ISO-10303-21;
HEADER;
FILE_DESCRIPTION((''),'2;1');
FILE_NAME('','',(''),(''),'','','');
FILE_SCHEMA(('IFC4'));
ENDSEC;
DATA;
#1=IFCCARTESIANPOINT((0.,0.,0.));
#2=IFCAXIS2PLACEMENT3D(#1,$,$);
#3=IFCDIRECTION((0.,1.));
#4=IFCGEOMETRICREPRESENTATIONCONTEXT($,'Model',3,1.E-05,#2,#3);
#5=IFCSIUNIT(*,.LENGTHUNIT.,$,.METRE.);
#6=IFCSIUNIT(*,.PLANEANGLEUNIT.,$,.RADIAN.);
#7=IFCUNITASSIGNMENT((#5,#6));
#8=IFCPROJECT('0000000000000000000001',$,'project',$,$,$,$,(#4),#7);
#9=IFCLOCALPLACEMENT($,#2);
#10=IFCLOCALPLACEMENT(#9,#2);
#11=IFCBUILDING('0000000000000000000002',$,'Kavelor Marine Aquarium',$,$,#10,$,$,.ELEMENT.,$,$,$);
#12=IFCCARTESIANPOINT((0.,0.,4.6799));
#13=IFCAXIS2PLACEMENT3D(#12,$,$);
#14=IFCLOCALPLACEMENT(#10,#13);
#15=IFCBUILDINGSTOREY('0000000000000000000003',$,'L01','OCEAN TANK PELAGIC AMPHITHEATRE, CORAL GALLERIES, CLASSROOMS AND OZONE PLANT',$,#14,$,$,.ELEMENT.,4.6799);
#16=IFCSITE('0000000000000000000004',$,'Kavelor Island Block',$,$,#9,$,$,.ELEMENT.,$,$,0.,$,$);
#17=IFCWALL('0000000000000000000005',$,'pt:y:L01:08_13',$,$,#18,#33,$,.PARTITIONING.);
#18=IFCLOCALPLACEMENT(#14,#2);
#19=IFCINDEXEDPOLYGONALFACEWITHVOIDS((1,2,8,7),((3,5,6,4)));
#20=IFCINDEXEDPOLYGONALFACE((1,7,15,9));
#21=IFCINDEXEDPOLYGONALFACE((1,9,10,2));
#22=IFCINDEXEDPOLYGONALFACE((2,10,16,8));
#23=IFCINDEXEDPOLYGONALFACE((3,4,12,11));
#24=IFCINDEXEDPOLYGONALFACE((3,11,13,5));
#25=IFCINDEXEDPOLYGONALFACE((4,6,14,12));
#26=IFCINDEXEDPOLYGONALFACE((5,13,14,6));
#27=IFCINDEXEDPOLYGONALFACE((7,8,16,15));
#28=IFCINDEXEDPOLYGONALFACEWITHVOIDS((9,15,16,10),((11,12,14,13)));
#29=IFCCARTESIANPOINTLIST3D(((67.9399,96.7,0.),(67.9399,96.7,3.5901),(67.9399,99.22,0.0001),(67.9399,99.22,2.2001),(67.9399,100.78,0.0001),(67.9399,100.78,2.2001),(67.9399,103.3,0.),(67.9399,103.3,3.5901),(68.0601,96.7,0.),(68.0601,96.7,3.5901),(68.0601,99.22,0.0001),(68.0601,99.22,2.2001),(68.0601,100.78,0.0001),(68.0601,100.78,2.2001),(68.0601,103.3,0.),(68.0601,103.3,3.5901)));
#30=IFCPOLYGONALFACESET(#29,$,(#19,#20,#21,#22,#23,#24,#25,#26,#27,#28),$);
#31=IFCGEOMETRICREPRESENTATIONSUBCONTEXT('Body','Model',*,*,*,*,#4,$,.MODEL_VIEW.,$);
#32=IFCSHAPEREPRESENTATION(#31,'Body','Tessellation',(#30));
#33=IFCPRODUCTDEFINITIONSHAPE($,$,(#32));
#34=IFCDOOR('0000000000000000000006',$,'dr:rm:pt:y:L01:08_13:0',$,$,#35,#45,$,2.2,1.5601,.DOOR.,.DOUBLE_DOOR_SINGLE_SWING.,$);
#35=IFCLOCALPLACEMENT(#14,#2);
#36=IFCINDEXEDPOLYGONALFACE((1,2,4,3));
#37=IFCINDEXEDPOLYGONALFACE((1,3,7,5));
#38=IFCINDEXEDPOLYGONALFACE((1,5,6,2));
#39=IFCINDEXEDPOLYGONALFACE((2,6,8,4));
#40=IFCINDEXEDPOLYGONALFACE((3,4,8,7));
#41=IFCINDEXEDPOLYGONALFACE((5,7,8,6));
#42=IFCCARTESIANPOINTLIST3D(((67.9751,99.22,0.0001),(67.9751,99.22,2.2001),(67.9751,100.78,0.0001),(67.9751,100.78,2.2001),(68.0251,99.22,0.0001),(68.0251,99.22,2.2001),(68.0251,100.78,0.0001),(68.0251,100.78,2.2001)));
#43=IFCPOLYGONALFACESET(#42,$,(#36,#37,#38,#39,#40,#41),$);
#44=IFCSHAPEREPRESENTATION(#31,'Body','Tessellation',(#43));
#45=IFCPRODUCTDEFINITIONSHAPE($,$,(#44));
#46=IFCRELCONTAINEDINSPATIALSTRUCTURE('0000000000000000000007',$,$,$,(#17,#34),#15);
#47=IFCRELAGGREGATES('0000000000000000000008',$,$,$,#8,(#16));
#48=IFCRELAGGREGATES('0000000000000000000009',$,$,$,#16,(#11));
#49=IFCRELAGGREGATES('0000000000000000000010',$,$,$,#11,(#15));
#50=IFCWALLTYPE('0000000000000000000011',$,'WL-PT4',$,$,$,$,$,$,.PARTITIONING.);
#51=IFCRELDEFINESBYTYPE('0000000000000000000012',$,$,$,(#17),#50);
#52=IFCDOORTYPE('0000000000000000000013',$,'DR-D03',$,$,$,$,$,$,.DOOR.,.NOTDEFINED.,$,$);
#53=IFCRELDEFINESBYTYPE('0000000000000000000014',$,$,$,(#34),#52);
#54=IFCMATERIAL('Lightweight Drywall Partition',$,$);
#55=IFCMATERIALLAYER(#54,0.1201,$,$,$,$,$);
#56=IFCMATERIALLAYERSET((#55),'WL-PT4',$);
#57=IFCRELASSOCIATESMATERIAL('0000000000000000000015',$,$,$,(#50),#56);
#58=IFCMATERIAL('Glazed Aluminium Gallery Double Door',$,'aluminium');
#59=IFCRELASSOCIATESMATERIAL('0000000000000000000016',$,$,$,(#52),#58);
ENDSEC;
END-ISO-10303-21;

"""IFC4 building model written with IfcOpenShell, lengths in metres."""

from ifc_helpers import new_model, si_unit, direction, frame, frame_2d, origin, place, context, subcontext, project, spatial, rectangle, extrude, material, layer, layer_set, type_object, element, fill, save


model = new_model("IFC4")

# Units and contexts
model_context = context("Model", 3, precision=1e-05, world=origin(), true_north=direction((0.0, 1.0)))
body_context = subcontext(model_context, "Body", "Model", "MODEL_VIEW")
ifc_project = project(units=[si_unit("LENGTHUNIT", "METRE"), si_unit("PLANEANGLEUNIT", "RADIAN")], contexts=[model_context])

# Site, building, storey
site_placement = place(None, origin())
site = spatial("IfcSite", under=ifc_project, at=site_placement, Name="Kavelor Island Block", CompositionType="ELEMENT", RefElevation=0.0)
building_placement = place(site_placement, origin())
building = spatial("IfcBuilding", under=site, at=building_placement, Name="Kavelor Marine Aquarium", CompositionType="ELEMENT")
storey_placement = place(building_placement, frame((0.0, 0.0, 4.6799)))
storey = spatial("IfcBuildingStorey", under=building, at=storey_placement, Name="L01", Description="OCEAN TANK PELAGIC AMPHITHEATRE, CORAL GALLERIES, CLASSROOMS AND OZONE PLANT", CompositionType="ELEMENT", Elevation=4.6799)

# Wall, opening, door
ifc_material_1 = material(Name="Lightweight Drywall Partition")
ifc_layer_1 = layer(ifc_material_1, 0.1201)
ifc_layer_set_1 = layer_set([ifc_layer_1], Name="WL-PT4")
wall_type_1 = type_object("IfcWallType", Name="WL-PT4", PredefinedType="PARTITIONING", material=ifc_layer_set_1)
wall_1_placement = place(storey_placement, frame((68.0, 96.7, 0.0), z_axis=(0.0, 0.0, 1.0), x_axis=(0.0, 1.0, 0.0)))
wall_1 = element("IfcWall", 1, at=wall_1_placement, inside=storey, type_object=wall_type_1, Name="pt:y:L01:08_13", PredefinedType="PARTITIONING", context=body_context, shape_type="SweptSolid", body=[
    extrude(rectangle(XDim=6.6001, YDim=0.1201, at=frame_2d((3.3, 0.0))), origin(), (0.0, 0.0, 1.0), 3.5901),
])
opening_1_placement = place(wall_1_placement, frame((2.52, 0.0, 0.0)))
opening_1 = element("IfcOpeningElement", 2, at=opening_1_placement, cuts=wall_1, PredefinedType="OPENING", context=body_context, shape_type="SweptSolid", body=[
    extrude(rectangle(XDim=1.5601, YDim=2.2, at=frame_2d((0.78, 1.1001))), frame((0.0, 0.0701, 0.0), z_axis=(0.0, -1.0, 0.0), x_axis=(1.0, 0.0, 0.0)), (0.0, 0.0, 1.0), 0.1401),
])
ifc_material_2 = material(Name="Glazed Aluminium Gallery Double Door", Category="aluminium")
door_type_1 = type_object("IfcDoorType", Name="DR-D03", OperationType="NOTDEFINED", PredefinedType="DOOR", material=ifc_material_2)
door_1_placement = place(opening_1_placement, origin())
door_1 = element("IfcDoor", 3, at=door_1_placement, inside=storey, type_object=door_type_1, Name="dr:rm:pt:y:L01:08_13:0", OperationType="DOUBLE_DOOR_SINGLE_SWING", OverallHeight=2.2, OverallWidth=1.5601, PredefinedType="DOOR", context=body_context, shape_type="SweptSolid", body=[
    extrude(rectangle(XDim=1.5601, YDim=2.2, at=frame_2d((0.78, 1.1001))), frame((0.0, 0.0249, 0.0), z_axis=(0.0, -1.0, 0.0), x_axis=(1.0, 0.0, 0.0)), (0.0, 0.0, 1.0), 0.05),
])
fill(opening_1, door_1)

save(model, "model.ifc")
